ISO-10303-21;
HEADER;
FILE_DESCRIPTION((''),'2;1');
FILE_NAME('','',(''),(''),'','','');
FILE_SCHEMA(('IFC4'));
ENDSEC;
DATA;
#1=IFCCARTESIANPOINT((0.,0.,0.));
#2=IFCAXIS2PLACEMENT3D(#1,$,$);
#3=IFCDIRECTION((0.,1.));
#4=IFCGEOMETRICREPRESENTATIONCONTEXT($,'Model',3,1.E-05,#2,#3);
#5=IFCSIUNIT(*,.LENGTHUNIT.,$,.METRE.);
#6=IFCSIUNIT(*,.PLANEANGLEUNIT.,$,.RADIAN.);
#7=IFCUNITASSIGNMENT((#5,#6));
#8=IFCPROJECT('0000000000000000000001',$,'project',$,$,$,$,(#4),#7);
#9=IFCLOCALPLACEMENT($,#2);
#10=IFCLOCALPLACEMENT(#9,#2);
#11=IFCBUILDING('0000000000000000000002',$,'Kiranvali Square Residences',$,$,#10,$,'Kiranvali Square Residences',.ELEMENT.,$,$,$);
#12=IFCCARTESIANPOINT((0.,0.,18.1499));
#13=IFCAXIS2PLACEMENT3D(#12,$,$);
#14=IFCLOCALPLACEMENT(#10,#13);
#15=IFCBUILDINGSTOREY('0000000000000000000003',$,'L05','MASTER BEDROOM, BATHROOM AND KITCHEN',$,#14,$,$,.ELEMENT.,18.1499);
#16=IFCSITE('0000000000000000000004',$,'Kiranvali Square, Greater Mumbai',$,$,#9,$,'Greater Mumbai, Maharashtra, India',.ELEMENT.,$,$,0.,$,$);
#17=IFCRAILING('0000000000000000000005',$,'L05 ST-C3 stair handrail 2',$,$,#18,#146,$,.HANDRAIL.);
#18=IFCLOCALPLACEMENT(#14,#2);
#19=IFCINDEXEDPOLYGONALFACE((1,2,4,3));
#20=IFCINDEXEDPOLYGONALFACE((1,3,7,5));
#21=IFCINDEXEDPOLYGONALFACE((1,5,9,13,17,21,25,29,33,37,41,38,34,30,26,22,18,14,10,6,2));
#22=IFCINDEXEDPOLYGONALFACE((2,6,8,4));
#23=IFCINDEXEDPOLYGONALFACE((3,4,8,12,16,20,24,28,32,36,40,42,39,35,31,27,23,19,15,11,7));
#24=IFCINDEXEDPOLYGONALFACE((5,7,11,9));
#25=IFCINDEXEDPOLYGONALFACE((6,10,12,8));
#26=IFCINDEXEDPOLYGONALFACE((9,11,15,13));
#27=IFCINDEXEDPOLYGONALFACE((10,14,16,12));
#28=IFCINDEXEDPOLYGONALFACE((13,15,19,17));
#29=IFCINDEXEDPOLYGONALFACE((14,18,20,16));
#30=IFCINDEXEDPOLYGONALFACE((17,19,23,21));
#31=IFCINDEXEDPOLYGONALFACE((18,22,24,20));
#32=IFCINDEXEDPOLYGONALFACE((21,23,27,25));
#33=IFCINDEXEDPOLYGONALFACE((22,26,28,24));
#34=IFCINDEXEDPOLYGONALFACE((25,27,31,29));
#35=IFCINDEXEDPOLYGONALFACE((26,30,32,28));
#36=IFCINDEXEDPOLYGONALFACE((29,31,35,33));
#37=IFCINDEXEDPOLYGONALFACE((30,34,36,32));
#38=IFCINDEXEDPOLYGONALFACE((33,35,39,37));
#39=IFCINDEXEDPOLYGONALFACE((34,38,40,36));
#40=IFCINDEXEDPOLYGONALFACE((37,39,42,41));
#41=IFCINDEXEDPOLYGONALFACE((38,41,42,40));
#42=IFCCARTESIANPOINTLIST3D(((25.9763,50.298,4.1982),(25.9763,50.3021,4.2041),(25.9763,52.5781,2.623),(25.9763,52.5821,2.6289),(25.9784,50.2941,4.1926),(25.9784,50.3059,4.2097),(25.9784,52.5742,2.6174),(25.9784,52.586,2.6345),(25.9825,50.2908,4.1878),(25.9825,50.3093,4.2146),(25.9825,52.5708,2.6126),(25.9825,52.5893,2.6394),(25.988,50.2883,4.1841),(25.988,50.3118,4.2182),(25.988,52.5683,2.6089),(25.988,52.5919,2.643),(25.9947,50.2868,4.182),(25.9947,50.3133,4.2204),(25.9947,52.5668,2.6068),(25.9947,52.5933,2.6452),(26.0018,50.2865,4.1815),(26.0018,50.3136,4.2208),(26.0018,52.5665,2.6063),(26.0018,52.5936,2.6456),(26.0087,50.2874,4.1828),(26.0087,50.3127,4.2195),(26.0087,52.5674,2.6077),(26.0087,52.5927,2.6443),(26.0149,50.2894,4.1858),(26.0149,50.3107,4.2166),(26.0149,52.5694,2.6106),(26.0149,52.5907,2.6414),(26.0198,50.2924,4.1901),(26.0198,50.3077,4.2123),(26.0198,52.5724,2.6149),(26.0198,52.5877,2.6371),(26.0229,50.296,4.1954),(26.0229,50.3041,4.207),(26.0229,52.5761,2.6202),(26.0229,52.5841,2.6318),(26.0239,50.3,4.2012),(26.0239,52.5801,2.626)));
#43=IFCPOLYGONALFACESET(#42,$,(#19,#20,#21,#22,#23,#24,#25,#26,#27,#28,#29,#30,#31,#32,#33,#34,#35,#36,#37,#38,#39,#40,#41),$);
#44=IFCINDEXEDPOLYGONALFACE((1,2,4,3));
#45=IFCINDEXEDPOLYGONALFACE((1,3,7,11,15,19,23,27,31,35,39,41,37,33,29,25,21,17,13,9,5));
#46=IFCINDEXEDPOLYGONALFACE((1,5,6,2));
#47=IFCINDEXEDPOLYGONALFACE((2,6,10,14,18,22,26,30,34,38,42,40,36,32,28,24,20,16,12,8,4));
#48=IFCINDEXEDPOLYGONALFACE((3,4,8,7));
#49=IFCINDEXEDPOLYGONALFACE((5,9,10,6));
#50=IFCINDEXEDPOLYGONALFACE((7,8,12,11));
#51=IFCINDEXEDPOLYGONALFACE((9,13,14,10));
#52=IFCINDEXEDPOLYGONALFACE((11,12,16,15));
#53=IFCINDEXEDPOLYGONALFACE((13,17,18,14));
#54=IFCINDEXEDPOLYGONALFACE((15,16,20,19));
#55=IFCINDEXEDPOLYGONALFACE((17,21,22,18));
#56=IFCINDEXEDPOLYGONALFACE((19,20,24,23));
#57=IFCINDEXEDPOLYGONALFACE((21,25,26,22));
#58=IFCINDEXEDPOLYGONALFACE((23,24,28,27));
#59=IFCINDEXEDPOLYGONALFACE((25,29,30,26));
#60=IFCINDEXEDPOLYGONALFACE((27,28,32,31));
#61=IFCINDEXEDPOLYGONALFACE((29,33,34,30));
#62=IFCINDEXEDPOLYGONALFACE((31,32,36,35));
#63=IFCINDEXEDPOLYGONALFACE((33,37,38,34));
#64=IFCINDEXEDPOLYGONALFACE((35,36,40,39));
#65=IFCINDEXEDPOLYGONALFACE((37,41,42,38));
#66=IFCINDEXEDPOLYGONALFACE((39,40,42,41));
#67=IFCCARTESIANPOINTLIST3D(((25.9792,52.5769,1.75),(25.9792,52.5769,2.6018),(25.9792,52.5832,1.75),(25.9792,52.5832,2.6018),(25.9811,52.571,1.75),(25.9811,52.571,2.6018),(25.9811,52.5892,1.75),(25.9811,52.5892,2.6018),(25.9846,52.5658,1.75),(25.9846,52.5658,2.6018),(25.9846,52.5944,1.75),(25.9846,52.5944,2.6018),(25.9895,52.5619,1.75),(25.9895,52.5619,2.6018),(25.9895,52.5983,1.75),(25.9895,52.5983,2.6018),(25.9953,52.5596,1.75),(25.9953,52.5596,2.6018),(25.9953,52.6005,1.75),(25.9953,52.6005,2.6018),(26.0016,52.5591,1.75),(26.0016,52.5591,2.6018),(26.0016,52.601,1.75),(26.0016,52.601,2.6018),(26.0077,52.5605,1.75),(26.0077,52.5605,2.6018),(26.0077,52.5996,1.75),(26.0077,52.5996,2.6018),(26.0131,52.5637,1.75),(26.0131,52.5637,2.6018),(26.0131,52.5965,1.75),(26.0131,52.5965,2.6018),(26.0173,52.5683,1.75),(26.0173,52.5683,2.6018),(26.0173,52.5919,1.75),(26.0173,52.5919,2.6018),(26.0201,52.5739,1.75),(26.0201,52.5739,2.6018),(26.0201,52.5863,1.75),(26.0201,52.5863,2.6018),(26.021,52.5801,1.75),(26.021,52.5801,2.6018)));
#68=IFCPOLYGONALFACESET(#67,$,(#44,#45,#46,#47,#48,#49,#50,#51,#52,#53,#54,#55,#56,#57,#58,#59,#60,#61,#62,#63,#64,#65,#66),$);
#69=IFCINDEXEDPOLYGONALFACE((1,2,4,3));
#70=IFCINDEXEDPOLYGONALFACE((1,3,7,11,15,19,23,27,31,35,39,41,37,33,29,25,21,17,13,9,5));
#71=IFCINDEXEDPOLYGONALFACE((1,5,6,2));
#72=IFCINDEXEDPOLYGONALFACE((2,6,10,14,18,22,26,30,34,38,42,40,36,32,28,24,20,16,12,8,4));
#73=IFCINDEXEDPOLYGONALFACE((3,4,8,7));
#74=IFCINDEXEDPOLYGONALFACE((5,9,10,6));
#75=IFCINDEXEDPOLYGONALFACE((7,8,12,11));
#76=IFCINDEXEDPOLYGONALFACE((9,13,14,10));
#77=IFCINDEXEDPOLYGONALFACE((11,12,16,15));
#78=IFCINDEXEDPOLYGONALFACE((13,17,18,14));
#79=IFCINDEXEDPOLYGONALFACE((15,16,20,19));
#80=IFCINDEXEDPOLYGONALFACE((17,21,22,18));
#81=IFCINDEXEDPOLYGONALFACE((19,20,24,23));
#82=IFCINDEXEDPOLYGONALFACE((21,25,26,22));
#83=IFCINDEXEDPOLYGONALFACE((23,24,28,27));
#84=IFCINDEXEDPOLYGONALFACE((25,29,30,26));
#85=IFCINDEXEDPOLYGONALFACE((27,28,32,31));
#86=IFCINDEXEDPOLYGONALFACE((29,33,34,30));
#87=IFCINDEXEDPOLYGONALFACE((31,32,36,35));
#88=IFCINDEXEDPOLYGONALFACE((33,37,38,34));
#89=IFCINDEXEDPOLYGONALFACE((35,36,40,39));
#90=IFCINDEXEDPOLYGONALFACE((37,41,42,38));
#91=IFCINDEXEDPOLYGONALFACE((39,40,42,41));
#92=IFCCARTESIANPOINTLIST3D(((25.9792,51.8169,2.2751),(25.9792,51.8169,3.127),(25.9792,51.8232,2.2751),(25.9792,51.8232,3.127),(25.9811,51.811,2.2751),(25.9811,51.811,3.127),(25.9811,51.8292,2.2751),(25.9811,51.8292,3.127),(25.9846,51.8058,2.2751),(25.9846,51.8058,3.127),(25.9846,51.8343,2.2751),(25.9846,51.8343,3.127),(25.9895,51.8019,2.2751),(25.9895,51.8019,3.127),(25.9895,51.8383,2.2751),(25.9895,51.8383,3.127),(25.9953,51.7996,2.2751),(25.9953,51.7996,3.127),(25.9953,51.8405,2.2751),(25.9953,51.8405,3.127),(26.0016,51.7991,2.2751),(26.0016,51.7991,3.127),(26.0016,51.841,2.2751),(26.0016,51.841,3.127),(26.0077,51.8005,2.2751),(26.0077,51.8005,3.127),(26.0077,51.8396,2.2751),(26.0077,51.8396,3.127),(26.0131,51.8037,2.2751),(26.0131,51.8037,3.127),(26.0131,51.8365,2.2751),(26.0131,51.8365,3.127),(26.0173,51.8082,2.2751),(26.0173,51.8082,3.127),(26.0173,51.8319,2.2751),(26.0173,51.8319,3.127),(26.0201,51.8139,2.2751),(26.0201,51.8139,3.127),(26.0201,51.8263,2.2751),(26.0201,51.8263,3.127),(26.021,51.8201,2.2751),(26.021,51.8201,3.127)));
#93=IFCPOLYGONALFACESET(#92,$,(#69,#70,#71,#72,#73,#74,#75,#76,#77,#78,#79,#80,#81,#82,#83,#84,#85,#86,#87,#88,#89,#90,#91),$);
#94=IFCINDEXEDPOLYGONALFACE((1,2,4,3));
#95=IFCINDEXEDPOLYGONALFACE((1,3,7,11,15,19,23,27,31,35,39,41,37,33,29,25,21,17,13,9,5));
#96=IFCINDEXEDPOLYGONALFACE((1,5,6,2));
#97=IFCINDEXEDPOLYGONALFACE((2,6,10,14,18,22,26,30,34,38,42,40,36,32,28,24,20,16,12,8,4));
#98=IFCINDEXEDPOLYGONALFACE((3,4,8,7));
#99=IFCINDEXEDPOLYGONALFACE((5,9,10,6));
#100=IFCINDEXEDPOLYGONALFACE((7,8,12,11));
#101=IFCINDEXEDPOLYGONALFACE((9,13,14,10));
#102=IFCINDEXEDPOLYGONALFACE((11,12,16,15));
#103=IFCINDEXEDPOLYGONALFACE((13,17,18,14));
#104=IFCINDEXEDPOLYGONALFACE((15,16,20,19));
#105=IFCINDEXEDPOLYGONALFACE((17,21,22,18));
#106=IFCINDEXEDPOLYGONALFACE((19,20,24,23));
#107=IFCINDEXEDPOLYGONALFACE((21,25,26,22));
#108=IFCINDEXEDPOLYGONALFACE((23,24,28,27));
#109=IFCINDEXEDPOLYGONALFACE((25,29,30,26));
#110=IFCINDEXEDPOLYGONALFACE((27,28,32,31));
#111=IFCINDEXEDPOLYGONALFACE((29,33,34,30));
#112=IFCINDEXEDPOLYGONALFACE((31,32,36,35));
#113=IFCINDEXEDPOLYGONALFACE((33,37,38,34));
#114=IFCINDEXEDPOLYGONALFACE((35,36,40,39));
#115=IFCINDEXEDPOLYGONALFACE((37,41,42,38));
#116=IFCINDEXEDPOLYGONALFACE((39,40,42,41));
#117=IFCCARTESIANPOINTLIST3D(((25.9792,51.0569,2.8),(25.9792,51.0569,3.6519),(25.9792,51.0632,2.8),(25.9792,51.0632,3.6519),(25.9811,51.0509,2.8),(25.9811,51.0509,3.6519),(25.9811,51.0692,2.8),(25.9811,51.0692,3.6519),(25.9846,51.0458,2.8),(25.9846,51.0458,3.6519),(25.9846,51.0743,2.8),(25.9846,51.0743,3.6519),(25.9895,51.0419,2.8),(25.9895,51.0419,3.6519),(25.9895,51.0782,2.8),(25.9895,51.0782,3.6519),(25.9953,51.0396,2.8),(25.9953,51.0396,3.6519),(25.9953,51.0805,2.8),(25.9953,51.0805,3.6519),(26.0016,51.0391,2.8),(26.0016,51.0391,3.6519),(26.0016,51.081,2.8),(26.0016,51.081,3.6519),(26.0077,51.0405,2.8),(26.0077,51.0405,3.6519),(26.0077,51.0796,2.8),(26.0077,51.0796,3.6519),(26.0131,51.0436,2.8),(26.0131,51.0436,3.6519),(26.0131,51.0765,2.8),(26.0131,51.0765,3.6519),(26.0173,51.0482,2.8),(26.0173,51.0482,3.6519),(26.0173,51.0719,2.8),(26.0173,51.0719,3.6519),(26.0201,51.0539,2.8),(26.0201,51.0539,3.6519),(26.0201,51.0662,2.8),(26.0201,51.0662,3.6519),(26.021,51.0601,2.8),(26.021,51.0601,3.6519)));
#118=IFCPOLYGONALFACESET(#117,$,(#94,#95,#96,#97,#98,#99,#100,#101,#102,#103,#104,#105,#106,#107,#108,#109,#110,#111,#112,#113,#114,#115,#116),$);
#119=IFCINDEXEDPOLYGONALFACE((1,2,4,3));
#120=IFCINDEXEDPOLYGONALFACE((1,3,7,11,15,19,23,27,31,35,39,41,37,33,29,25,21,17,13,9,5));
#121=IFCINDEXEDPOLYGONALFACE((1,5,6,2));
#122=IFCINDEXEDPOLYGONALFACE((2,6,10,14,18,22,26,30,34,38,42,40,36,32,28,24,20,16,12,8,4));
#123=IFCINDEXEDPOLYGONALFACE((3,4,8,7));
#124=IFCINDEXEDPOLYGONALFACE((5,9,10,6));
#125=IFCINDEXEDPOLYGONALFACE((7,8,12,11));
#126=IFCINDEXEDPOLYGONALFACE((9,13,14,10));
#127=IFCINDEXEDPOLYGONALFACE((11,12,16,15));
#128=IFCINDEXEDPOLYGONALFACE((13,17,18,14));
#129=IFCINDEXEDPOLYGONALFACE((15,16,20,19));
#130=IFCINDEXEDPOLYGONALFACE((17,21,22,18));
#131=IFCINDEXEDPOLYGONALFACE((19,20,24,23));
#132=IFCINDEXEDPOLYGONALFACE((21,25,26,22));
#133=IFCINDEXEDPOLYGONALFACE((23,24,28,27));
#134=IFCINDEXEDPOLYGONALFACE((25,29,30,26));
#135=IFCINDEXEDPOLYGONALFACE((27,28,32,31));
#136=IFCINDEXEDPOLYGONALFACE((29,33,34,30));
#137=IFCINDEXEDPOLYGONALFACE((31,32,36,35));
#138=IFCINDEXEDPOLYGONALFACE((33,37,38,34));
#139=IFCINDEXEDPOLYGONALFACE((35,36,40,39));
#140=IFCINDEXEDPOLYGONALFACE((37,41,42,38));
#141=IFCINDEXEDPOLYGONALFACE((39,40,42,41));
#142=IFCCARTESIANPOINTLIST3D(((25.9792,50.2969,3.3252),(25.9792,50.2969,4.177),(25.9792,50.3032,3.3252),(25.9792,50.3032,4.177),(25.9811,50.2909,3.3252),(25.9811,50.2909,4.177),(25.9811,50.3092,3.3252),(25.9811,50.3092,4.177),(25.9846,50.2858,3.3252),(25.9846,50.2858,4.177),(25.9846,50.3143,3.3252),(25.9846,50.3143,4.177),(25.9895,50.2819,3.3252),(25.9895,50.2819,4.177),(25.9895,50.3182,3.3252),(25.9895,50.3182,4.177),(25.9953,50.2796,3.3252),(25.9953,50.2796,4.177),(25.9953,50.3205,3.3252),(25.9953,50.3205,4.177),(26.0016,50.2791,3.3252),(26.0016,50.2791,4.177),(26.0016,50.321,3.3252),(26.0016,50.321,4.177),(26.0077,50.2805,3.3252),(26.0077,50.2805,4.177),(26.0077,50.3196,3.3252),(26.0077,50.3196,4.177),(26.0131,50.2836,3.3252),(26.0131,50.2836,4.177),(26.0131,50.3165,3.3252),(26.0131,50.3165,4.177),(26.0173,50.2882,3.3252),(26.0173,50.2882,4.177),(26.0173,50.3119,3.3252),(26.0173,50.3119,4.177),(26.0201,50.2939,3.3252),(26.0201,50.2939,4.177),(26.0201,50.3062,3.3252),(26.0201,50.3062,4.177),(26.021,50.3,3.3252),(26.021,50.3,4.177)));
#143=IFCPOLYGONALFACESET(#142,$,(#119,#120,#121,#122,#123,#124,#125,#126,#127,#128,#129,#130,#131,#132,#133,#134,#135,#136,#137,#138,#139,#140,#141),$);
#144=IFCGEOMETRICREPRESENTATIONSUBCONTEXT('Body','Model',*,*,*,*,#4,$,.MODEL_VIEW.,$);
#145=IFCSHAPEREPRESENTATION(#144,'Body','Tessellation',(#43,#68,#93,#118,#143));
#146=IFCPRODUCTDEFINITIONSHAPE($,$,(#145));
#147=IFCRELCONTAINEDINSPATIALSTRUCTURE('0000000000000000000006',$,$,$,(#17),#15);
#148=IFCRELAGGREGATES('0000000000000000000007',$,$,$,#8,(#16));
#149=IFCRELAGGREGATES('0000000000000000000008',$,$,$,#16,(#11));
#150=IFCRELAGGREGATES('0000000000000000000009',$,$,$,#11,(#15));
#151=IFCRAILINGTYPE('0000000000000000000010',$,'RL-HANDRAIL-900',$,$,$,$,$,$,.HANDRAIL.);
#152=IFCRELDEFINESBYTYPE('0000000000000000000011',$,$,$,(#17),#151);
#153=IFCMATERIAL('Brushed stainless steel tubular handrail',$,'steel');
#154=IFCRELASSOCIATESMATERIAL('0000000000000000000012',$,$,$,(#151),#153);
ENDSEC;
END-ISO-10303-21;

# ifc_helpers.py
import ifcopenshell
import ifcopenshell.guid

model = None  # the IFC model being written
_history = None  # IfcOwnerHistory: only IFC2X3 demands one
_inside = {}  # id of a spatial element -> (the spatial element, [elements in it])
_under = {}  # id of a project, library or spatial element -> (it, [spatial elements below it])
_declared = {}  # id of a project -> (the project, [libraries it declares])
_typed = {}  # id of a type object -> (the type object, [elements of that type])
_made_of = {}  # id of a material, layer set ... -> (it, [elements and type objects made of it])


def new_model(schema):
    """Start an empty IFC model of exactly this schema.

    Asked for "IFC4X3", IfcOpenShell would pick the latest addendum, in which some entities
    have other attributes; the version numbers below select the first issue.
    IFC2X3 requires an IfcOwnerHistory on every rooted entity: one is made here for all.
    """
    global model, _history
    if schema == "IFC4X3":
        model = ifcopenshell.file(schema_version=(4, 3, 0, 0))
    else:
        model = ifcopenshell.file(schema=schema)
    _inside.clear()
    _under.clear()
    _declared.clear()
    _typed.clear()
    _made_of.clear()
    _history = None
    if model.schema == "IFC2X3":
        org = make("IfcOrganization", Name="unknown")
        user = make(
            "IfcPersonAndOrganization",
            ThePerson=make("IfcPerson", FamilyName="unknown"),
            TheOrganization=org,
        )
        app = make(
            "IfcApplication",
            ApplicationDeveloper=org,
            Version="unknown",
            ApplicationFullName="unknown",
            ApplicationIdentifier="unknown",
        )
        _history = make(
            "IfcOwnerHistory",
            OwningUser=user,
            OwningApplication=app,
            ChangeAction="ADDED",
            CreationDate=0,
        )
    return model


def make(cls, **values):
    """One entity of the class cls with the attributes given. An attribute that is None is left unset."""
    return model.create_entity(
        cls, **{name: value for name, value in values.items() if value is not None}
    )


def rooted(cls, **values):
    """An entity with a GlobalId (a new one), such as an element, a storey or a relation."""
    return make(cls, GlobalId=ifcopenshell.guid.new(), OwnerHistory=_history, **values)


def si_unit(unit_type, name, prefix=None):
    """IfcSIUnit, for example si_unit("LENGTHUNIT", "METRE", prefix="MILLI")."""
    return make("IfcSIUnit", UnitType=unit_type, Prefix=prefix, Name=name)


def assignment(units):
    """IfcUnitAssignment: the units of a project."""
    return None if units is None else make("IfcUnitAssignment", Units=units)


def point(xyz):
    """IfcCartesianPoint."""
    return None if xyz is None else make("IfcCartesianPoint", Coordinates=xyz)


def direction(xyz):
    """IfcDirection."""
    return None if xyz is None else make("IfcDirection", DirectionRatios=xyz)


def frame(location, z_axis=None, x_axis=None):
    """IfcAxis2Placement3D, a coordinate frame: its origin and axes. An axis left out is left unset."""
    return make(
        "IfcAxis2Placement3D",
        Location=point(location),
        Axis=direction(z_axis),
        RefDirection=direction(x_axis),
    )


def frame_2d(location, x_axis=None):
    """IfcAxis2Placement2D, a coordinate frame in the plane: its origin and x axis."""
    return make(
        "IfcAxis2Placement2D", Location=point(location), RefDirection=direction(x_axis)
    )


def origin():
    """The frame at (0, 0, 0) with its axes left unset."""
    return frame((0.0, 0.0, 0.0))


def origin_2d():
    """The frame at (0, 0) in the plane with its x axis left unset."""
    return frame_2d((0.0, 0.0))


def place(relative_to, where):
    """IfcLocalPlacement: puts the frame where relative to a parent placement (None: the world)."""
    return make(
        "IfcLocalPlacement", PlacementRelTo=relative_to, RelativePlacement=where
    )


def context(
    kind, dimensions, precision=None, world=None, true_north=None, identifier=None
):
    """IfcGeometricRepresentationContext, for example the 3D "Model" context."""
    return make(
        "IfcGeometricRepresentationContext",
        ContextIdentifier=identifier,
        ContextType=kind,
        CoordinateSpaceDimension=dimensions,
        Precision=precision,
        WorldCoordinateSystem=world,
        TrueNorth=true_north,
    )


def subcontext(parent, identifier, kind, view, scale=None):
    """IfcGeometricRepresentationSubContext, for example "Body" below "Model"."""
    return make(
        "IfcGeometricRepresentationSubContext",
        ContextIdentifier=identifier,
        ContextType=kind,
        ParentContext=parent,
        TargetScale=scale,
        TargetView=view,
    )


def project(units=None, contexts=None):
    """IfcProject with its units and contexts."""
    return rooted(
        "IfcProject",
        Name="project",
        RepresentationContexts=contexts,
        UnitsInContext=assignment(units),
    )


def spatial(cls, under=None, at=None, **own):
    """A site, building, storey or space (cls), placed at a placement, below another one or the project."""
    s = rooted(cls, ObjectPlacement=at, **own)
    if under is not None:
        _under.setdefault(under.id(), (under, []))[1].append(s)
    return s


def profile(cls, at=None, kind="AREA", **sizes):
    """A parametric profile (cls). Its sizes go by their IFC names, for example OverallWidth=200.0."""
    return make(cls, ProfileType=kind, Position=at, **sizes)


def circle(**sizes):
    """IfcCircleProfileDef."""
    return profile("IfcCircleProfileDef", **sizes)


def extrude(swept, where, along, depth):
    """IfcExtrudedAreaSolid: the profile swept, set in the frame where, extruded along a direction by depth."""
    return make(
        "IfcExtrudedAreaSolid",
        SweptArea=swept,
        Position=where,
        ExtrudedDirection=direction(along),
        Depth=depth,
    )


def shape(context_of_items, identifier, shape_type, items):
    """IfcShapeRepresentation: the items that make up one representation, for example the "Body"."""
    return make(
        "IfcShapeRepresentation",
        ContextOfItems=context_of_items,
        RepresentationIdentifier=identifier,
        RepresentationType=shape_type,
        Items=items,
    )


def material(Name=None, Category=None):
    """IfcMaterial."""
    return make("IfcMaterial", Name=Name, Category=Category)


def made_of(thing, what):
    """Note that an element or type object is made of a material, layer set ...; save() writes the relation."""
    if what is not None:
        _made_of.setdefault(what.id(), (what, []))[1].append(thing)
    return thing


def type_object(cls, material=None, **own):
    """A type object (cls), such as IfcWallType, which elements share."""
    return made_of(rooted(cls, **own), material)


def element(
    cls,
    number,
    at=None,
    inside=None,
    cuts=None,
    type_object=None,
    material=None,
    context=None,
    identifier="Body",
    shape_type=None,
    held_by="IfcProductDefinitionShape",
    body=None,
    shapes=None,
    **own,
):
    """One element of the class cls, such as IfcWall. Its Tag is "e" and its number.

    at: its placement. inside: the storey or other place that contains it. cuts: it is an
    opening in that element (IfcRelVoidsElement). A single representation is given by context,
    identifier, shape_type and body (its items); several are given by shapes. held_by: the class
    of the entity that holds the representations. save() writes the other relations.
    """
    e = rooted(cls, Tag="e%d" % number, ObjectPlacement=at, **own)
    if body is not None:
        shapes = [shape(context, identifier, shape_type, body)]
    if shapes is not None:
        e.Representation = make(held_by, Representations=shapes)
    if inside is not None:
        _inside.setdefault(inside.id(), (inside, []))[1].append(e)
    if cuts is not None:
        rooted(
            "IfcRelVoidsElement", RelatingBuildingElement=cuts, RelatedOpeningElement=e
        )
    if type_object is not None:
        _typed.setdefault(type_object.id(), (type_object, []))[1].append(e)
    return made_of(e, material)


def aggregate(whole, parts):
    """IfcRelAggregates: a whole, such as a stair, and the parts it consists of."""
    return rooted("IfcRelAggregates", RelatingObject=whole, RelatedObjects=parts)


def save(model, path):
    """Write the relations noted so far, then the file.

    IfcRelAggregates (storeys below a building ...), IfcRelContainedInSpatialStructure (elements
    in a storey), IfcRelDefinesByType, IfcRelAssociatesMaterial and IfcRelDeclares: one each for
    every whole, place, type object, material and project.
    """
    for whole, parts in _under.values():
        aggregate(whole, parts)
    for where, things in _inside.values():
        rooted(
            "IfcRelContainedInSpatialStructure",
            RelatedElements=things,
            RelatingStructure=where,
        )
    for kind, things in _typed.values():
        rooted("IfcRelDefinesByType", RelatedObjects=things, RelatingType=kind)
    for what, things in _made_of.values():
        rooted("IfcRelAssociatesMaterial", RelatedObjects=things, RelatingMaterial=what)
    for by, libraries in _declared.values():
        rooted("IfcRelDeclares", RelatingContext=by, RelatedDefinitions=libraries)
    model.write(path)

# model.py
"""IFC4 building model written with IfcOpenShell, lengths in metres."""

from ifc_helpers import new_model, si_unit, direction, frame, origin, origin_2d, place, context, subcontext, project, spatial, circle, extrude, material, type_object, element, save


model = new_model("IFC4")

# Units and contexts
model_context = context("Model", 3, precision=1e-05, world=origin(), true_north=direction((0.0, 1.0)))
body_context = subcontext(model_context, "Body", "Model", "MODEL_VIEW")
ifc_project = project(units=[si_unit("LENGTHUNIT", "METRE"), si_unit("PLANEANGLEUNIT", "RADIAN")], contexts=[model_context])

# Site, building, storey
site_placement = place(None, origin())
site = spatial("IfcSite", under=ifc_project, at=site_placement, Name="Kiranvali Square, Greater Mumbai", LongName="Greater Mumbai, Maharashtra, India", CompositionType="ELEMENT", RefElevation=0.0)
building_placement = place(site_placement, origin())
building = spatial("IfcBuilding", under=site, at=building_placement, Name="Kiranvali Square Residences", LongName="Kiranvali Square Residences", CompositionType="ELEMENT")
storey_placement = place(building_placement, frame((0.0, 0.0, 18.1499)))
storey = spatial("IfcBuildingStorey", under=building, at=storey_placement, Name="L05", Description="MASTER BEDROOM, BATHROOM AND KITCHEN", CompositionType="ELEMENT", Elevation=18.1499)

# Railing
ifc_material_1 = material(Name="Brushed stainless steel tubular handrail", Category="steel")
railing_type_1 = type_object("IfcRailingType", Name="RL-HANDRAIL-900", PredefinedType="HANDRAIL", material=ifc_material_1)
railing_1_placement = place(storey_placement, frame((26.0, 52.5801, 1.75)))
element("IfcRailing", 1, at=railing_1_placement, inside=storey, type_object=railing_type_1, Name="L05 ST-C3 stair handrail 2", PredefinedType="HANDRAIL", context=body_context, shape_type="SweptSolid", body=[
    extrude(circle(Radius=0.0239, at=origin_2d()), frame((0.0, 0.0, 0.876), z_axis=(0.0, -0.822747, 0.568408), x_axis=(1.0, 0.0, 0.0)), (0.0, 0.0, 1.0), 2.7712),
    extrude(circle(Radius=0.021, at=origin_2d()), origin(), (0.0, 0.0, 1.0), 0.8518),
    extrude(circle(Radius=0.021, at=origin_2d()), frame((0.0, -0.76, 0.5251)), (0.0, 0.0, 1.0), 0.8518),
    extrude(circle(Radius=0.021, at=origin_2d()), frame((0.0, -1.52, 1.05)), (0.0, 0.0, 1.0), 0.8518),
    extrude(circle(Radius=0.021, at=origin_2d()), frame((0.0, -2.28, 1.5752)), (0.0, 0.0, 1.0), 0.8518),
])

save(model, "model.ifc")
